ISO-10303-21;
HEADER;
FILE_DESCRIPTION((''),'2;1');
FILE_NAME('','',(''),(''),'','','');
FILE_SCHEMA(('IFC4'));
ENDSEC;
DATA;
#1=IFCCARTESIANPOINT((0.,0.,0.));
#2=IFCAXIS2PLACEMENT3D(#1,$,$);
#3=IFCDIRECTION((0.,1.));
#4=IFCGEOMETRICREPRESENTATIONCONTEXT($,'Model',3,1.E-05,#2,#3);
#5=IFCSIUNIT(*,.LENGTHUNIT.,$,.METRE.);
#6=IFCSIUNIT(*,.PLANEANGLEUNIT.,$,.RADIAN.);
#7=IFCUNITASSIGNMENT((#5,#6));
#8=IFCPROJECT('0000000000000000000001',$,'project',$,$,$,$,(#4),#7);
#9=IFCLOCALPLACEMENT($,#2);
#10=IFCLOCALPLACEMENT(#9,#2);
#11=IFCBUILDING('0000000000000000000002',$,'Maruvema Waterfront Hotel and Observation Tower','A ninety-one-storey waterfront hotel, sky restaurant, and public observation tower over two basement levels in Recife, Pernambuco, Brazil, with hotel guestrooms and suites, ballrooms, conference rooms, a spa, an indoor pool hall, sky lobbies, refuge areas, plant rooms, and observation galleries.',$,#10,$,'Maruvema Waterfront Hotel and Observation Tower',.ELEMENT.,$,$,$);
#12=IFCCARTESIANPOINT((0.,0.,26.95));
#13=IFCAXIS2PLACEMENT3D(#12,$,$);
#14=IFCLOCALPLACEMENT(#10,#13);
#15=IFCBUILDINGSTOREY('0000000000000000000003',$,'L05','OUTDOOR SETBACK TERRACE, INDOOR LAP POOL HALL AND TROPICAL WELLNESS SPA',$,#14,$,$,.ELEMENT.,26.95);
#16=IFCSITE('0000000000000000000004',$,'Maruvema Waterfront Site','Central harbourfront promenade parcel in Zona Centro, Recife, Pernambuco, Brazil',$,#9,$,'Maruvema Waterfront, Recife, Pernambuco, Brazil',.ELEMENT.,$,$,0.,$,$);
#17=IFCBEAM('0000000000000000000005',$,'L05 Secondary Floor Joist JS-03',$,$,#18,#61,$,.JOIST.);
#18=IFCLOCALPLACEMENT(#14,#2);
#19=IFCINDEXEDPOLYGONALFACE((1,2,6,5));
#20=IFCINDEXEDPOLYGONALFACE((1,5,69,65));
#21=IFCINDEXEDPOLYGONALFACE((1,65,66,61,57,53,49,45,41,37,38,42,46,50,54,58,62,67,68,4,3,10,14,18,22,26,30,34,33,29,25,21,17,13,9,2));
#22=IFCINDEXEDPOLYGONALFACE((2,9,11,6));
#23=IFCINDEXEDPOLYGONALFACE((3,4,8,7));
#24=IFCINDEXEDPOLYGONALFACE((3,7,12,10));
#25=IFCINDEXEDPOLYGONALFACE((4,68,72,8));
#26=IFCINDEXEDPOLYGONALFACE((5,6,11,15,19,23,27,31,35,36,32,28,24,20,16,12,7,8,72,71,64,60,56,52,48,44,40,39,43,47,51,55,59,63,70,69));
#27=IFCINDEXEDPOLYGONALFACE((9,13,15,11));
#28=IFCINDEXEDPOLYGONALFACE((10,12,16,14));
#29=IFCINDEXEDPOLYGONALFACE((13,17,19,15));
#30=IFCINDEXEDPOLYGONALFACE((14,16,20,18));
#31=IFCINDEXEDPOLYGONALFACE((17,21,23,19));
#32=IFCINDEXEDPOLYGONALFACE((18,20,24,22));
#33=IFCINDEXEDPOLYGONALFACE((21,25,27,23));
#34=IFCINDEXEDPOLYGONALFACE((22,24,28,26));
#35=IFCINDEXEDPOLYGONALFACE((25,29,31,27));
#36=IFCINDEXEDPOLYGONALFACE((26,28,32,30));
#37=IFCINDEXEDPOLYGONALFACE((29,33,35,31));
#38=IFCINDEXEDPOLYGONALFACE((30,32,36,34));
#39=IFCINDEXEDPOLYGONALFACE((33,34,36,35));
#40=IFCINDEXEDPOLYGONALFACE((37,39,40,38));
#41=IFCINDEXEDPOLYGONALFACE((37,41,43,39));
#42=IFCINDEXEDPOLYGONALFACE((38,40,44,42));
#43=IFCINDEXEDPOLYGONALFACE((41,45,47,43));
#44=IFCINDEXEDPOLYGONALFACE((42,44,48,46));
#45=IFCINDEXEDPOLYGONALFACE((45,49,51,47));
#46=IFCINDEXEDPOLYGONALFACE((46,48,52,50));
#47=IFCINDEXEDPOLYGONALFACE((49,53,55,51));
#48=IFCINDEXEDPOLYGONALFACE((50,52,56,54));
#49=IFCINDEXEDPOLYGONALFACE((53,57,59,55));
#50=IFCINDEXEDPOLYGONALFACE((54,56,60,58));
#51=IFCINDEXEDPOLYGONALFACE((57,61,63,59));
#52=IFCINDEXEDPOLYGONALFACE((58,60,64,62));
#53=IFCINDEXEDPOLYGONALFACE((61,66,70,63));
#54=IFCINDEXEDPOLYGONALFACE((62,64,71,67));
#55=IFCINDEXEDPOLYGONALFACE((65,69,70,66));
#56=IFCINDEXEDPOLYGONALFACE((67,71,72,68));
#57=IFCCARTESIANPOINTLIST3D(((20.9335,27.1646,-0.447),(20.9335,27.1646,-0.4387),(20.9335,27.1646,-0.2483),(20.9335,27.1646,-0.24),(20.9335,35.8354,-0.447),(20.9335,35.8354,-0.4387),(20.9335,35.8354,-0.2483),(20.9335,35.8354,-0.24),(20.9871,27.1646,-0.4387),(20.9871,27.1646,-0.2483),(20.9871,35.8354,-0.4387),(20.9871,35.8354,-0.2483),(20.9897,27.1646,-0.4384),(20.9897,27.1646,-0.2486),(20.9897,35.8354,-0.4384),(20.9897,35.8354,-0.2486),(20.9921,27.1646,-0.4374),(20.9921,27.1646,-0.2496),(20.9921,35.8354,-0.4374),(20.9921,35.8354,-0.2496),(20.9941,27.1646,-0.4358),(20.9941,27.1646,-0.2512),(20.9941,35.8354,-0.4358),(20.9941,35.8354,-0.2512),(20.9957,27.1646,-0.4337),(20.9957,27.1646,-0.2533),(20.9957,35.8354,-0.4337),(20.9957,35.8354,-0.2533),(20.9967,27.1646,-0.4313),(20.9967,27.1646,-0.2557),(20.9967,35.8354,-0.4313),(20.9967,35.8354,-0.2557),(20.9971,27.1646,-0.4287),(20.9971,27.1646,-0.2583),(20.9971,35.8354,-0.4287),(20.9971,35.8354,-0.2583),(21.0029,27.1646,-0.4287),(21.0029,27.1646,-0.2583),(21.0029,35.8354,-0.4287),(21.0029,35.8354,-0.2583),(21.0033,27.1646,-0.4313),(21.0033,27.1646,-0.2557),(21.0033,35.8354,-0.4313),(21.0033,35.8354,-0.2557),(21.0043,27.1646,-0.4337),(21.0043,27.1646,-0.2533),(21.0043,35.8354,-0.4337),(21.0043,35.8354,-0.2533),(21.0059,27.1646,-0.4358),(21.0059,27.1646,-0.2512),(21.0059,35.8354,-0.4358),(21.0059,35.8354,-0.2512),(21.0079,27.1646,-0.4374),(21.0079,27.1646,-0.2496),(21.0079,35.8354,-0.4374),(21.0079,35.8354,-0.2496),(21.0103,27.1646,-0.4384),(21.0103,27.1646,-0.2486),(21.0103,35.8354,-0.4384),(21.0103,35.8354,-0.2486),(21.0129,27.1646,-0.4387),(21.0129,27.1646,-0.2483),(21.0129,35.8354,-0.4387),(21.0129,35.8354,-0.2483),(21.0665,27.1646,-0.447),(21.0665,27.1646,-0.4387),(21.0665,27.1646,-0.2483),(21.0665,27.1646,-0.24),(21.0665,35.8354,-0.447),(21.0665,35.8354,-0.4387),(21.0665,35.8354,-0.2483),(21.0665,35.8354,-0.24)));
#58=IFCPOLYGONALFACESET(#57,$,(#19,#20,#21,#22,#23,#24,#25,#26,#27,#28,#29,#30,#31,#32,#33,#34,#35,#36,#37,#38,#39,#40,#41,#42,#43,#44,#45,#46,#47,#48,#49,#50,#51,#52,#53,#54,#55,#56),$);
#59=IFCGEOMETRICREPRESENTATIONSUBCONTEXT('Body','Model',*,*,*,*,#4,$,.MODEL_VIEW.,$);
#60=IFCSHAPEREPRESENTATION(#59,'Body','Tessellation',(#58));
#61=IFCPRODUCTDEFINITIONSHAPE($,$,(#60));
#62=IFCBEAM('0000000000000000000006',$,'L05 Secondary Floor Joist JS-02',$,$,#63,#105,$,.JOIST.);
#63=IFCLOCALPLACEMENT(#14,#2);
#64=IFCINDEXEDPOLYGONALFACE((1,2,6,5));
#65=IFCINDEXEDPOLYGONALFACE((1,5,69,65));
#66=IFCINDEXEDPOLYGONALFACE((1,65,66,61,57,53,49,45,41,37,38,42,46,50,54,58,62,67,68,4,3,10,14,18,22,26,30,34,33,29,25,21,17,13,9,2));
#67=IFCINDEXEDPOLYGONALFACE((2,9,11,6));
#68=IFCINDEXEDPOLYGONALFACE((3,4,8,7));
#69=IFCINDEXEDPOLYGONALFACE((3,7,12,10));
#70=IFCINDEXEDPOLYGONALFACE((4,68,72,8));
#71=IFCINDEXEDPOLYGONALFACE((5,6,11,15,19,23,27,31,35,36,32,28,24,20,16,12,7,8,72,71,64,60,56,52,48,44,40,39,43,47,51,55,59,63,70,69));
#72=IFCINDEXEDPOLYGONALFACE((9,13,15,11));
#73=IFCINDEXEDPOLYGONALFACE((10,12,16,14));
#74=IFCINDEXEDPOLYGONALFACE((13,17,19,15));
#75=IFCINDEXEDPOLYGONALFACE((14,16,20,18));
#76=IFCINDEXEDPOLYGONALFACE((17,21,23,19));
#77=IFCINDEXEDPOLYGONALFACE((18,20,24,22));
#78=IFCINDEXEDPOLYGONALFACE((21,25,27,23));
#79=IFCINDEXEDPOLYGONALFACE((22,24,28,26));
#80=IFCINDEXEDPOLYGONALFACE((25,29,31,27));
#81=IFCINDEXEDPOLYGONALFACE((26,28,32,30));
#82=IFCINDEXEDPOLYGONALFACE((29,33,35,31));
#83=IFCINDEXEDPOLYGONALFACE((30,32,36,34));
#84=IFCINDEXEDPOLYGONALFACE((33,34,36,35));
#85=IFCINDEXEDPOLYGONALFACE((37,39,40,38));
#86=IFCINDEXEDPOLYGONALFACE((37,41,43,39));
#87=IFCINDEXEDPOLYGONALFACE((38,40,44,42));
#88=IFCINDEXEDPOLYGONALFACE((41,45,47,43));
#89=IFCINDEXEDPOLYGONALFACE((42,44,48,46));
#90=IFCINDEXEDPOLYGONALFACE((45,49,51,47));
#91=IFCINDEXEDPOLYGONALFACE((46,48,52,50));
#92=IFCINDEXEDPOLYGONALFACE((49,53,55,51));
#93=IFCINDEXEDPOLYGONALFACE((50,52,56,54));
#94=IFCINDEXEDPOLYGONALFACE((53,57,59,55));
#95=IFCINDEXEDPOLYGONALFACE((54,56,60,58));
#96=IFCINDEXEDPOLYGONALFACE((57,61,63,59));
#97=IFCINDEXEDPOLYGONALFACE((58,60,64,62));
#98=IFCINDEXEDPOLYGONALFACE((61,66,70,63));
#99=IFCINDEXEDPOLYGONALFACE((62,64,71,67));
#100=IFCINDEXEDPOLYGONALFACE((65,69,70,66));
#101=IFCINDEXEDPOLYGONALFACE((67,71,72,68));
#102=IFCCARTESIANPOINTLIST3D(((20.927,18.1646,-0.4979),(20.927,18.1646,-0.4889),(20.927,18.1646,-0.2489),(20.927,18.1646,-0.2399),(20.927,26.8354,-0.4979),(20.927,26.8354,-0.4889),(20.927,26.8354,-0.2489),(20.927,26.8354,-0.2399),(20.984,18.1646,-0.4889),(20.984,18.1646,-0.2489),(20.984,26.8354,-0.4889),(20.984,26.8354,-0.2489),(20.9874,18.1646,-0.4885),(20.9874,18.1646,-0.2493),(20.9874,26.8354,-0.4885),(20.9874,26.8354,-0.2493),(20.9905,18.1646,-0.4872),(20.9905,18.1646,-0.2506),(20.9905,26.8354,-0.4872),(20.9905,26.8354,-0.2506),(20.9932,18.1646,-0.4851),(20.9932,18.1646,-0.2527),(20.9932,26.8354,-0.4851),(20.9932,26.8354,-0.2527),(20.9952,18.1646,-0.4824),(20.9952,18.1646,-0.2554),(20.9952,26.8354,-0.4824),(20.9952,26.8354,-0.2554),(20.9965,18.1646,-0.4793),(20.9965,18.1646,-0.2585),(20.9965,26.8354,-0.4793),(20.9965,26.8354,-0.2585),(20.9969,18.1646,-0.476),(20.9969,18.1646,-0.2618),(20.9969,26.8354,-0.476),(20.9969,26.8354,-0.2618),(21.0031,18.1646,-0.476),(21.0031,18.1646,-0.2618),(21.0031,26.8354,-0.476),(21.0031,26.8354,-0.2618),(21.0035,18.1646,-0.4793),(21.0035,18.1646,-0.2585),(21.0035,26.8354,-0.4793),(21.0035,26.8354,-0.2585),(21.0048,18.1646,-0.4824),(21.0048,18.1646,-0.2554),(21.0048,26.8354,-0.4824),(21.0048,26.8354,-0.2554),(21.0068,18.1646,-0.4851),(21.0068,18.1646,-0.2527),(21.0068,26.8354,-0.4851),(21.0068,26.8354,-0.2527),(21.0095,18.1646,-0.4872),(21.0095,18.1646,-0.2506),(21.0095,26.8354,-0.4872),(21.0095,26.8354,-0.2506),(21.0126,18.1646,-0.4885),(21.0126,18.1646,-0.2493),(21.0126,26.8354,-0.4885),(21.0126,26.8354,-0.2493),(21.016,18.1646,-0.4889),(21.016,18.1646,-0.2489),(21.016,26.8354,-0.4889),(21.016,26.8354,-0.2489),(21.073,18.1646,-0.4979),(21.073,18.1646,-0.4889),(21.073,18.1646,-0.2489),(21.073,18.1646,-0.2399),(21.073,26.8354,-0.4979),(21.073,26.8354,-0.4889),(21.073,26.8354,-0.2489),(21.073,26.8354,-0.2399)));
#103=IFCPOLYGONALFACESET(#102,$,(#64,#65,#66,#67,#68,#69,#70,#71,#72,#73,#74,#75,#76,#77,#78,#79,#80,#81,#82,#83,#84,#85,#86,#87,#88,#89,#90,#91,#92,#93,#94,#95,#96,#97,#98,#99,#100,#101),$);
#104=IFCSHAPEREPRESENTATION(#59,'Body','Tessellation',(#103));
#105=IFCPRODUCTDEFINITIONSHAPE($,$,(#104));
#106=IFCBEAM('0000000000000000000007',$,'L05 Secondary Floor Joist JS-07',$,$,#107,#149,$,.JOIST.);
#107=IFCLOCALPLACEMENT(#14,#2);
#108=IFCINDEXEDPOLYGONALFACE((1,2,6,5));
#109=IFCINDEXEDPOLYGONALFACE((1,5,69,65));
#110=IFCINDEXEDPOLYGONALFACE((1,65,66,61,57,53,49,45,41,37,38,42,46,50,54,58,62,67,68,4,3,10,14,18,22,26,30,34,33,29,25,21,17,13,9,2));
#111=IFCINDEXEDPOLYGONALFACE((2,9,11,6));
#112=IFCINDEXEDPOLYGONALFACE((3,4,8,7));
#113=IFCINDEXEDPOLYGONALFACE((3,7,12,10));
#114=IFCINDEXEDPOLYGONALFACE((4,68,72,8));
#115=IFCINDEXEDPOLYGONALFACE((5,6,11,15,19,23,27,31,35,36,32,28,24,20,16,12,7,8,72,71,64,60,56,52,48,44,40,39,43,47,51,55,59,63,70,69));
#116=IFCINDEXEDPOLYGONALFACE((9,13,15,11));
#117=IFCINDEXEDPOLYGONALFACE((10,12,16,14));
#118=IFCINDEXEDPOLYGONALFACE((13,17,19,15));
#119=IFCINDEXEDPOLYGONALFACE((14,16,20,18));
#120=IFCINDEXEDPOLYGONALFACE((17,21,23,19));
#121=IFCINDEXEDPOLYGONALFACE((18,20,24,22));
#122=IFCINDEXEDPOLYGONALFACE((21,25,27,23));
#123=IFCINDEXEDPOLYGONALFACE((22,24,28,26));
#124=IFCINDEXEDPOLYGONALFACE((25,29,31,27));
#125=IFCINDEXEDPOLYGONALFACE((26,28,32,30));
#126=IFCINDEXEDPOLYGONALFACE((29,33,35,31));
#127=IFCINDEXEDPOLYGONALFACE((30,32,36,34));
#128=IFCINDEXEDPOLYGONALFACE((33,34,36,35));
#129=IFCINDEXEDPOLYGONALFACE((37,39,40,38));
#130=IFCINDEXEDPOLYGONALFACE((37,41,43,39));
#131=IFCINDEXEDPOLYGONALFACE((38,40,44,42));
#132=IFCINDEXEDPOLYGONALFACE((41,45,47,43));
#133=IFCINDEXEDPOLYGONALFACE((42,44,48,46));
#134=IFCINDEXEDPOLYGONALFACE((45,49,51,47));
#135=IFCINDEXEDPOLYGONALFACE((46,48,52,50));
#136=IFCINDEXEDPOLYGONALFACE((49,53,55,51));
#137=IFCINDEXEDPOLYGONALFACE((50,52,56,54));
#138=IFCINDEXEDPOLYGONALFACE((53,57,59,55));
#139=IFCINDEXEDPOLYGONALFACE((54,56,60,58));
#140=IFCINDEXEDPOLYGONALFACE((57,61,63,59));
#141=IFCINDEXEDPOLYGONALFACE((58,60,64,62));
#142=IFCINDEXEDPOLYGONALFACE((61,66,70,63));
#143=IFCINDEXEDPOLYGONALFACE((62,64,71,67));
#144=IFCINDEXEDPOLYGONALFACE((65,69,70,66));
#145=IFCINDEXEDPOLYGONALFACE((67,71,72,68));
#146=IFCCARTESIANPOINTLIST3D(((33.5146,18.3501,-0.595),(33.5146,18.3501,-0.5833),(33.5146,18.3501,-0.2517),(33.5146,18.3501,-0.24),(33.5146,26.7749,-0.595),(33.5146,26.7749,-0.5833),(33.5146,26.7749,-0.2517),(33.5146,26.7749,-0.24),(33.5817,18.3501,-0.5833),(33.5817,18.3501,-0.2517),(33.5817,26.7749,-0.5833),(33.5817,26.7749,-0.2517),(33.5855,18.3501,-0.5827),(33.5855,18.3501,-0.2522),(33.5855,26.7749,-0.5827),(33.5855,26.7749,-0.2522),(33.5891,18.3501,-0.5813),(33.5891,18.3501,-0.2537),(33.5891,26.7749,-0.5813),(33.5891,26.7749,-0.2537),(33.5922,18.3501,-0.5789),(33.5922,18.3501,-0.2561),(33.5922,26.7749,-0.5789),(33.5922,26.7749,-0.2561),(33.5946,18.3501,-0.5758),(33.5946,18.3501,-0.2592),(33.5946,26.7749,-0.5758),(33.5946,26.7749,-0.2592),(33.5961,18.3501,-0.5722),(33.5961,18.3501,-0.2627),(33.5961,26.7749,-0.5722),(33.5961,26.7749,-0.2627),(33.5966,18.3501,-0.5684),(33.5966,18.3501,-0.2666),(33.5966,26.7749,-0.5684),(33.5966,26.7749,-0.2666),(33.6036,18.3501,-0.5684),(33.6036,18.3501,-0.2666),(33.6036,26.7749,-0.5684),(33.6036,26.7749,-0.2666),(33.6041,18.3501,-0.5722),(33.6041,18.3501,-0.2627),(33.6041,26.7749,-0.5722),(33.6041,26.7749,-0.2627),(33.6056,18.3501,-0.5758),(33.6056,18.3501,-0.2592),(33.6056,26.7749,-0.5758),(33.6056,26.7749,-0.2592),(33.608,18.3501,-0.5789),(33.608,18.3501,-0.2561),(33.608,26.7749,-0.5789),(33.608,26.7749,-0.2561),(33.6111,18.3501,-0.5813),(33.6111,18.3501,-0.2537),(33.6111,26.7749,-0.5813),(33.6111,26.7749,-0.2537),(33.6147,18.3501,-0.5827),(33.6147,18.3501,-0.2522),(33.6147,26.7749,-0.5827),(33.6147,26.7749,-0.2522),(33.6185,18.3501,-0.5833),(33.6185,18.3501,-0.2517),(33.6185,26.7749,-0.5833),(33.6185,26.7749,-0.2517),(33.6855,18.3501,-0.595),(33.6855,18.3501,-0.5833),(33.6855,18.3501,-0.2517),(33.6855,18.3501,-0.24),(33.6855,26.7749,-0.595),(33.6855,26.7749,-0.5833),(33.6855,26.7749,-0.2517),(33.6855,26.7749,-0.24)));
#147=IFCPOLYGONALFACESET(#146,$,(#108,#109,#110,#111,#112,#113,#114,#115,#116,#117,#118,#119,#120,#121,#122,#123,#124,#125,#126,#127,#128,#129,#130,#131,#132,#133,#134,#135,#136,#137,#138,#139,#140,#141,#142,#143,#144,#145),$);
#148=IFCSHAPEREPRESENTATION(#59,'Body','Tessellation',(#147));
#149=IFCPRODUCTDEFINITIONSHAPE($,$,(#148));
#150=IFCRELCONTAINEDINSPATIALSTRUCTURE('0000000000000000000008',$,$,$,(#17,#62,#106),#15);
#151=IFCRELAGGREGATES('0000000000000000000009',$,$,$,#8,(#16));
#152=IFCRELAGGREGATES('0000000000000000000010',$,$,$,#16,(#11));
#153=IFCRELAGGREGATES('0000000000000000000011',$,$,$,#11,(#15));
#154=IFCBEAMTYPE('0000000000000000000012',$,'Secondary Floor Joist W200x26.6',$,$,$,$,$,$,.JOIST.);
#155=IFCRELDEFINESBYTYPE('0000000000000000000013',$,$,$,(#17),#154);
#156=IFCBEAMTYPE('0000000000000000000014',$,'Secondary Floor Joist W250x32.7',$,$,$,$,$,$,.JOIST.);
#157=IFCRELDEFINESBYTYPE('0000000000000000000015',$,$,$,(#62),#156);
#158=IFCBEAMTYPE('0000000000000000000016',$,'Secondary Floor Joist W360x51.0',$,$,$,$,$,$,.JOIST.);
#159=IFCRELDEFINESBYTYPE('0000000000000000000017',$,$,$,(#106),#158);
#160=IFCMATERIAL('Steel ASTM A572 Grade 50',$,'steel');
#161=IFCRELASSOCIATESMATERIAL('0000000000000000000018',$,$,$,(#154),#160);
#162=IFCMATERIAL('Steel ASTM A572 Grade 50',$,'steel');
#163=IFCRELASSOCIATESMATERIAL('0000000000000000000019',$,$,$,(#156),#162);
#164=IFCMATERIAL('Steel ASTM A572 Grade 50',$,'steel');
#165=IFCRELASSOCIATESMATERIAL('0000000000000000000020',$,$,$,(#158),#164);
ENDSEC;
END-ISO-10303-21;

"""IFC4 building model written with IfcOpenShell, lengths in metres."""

from ifc_helpers import new_model, si_unit, direction, frame, origin, origin_2d, place, context, subcontext, project, spatial, i_section, extrude, material, material_profile, profile_set, type_object, element, save


model = new_model("IFC4")

# Units and contexts
model_context = context("Model", 3, precision=1e-05, world=origin(), true_north=direction((0.0, 1.0)))
body_context = subcontext(model_context, "Body", "Model", "MODEL_VIEW")
ifc_project = project(units=[si_unit("LENGTHUNIT", "METRE"), si_unit("PLANEANGLEUNIT", "RADIAN")], contexts=[model_context])

# Site, building, storey
site_placement = place(None, origin())
site = spatial("IfcSite", under=ifc_project, at=site_placement, Name="Maruvema Waterfront Site", Description="Central harbourfront promenade parcel in Zona Centro, Recife, Pernambuco, Brazil", LongName="Maruvema Waterfront, Recife, Pernambuco, Brazil", CompositionType="ELEMENT", RefElevation=0.0)
building_placement = place(site_placement, origin())
building = spatial("IfcBuilding", under=site, at=building_placement, Name="Maruvema Waterfront Hotel and Observation Tower", Description="A ninety-one-storey waterfront hotel, sky restaurant, and public observation tower over two basement levels in Recife, Pernambuco, Brazil, with hotel guestrooms and suites, ballrooms, conference rooms, a spa, an indoor pool hall, sky lobbies, refuge areas, plant rooms, and observation galleries.", LongName="Maruvema Waterfront Hotel and Observation Tower", CompositionType="ELEMENT")
storey_placement = place(building_placement, frame((0.0, 0.0, 26.95)))
storey = spatial("IfcBuildingStorey", under=building, at=storey_placement, Name="L05", Description="OUTDOOR SETBACK TERRACE, INDOOR LAP POOL HALL AND TROPICAL WELLNESS SPA", CompositionType="ELEMENT", Elevation=26.95)

# Beams
ifc_material_1 = material(Name="Steel ASTM A572 Grade 50", Category="steel")
ifc_material_profile_1 = material_profile(ifc_material_1, i_section(OverallWidth=0.1331, OverallDepth=0.207, WebThickness=0.0059, FlangeThickness=0.0083, FilletRadius=0.01, at=origin_2d()), Name="W200x26.6")
ifc_profile_set_1 = profile_set([ifc_material_profile_1], Name="Steel ASTM A572 Grade 50")
beam_type_1 = type_object("IfcBeamType", Name="Secondary Floor Joist W200x26.6", PredefinedType="JOIST", material=ifc_profile_set_1)
beam_1_placement = place(storey_placement, frame((21.0, 27.1646, -0.3435), z_axis=(0.0, 1.0, 0.0), x_axis=(-1.0, 0.0, 0.0)))
element("IfcBeam", 1, at=beam_1_placement, inside=storey, type_object=beam_type_1, Name="L05 Secondary Floor Joist JS-03", PredefinedType="JOIST", context=body_context, shape_type="SweptSolid", body=[
    extrude(i_section(OverallWidth=0.1331, OverallDepth=0.207, WebThickness=0.0059, FlangeThickness=0.0083, FilletRadius=0.01, at=origin_2d()), origin(), (0.0, 0.0, 1.0), 8.6709),
])
ifc_material_2 = material(Name="Steel ASTM A572 Grade 50", Category="steel")
ifc_material_profile_2 = material_profile(ifc_material_2, i_section(OverallWidth=0.146, OverallDepth=0.2581, WebThickness=0.0061, FlangeThickness=0.009, FilletRadius=0.0129, at=origin_2d()), Name="W250x32.7")
ifc_profile_set_2 = profile_set([ifc_material_profile_2], Name="Steel ASTM A572 Grade 50")
beam_type_2 = type_object("IfcBeamType", Name="Secondary Floor Joist W250x32.7", PredefinedType="JOIST", material=ifc_profile_set_2)
beam_2_placement = place(storey_placement, frame((21.0, 18.1646, -0.3689), z_axis=(0.0, 1.0, 0.0), x_axis=(-1.0, 0.0, 0.0)))
element("IfcBeam", 2, at=beam_2_placement, inside=storey, type_object=beam_type_2, Name="L05 Secondary Floor Joist JS-02", PredefinedType="JOIST", context=body_context, shape_type="SweptSolid", body=[
    extrude(i_section(OverallWidth=0.146, OverallDepth=0.2581, WebThickness=0.0061, FlangeThickness=0.009, FilletRadius=0.0129, at=origin_2d()), origin(), (0.0, 0.0, 1.0), 8.6709),
])
ifc_material_3 = material(Name="Steel ASTM A572 Grade 50", Category="steel")
ifc_material_profile_3 = material_profile(ifc_material_3, i_section(OverallWidth=0.1709, OverallDepth=0.355, WebThickness=0.0071, FlangeThickness=0.0117, FilletRadius=0.0149, at=origin_2d()), Name="W360x51.0")
ifc_profile_set_3 = profile_set([ifc_material_profile_3], Name="Steel ASTM A572 Grade 50")
beam_type_3 = type_object("IfcBeamType", Name="Secondary Floor Joist W360x51.0", PredefinedType="JOIST", material=ifc_profile_set_3)
beam_3_placement = place(storey_placement, frame((33.6001, 18.3501, -0.4175), z_axis=(0.0, 1.0, 0.0), x_axis=(-1.0, 0.0, 0.0)))
element("IfcBeam", 3, at=beam_3_placement, inside=storey, type_object=beam_type_3, Name="L05 Secondary Floor Joist JS-07", PredefinedType="JOIST", context=body_context, shape_type="SweptSolid", body=[
    extrude(i_section(OverallWidth=0.1709, OverallDepth=0.355, WebThickness=0.0071, FlangeThickness=0.0117, FilletRadius=0.0149, at=origin_2d()), origin(), (0.0, 0.0, 1.0), 8.4248),
])

save(model, "model.ifc")
